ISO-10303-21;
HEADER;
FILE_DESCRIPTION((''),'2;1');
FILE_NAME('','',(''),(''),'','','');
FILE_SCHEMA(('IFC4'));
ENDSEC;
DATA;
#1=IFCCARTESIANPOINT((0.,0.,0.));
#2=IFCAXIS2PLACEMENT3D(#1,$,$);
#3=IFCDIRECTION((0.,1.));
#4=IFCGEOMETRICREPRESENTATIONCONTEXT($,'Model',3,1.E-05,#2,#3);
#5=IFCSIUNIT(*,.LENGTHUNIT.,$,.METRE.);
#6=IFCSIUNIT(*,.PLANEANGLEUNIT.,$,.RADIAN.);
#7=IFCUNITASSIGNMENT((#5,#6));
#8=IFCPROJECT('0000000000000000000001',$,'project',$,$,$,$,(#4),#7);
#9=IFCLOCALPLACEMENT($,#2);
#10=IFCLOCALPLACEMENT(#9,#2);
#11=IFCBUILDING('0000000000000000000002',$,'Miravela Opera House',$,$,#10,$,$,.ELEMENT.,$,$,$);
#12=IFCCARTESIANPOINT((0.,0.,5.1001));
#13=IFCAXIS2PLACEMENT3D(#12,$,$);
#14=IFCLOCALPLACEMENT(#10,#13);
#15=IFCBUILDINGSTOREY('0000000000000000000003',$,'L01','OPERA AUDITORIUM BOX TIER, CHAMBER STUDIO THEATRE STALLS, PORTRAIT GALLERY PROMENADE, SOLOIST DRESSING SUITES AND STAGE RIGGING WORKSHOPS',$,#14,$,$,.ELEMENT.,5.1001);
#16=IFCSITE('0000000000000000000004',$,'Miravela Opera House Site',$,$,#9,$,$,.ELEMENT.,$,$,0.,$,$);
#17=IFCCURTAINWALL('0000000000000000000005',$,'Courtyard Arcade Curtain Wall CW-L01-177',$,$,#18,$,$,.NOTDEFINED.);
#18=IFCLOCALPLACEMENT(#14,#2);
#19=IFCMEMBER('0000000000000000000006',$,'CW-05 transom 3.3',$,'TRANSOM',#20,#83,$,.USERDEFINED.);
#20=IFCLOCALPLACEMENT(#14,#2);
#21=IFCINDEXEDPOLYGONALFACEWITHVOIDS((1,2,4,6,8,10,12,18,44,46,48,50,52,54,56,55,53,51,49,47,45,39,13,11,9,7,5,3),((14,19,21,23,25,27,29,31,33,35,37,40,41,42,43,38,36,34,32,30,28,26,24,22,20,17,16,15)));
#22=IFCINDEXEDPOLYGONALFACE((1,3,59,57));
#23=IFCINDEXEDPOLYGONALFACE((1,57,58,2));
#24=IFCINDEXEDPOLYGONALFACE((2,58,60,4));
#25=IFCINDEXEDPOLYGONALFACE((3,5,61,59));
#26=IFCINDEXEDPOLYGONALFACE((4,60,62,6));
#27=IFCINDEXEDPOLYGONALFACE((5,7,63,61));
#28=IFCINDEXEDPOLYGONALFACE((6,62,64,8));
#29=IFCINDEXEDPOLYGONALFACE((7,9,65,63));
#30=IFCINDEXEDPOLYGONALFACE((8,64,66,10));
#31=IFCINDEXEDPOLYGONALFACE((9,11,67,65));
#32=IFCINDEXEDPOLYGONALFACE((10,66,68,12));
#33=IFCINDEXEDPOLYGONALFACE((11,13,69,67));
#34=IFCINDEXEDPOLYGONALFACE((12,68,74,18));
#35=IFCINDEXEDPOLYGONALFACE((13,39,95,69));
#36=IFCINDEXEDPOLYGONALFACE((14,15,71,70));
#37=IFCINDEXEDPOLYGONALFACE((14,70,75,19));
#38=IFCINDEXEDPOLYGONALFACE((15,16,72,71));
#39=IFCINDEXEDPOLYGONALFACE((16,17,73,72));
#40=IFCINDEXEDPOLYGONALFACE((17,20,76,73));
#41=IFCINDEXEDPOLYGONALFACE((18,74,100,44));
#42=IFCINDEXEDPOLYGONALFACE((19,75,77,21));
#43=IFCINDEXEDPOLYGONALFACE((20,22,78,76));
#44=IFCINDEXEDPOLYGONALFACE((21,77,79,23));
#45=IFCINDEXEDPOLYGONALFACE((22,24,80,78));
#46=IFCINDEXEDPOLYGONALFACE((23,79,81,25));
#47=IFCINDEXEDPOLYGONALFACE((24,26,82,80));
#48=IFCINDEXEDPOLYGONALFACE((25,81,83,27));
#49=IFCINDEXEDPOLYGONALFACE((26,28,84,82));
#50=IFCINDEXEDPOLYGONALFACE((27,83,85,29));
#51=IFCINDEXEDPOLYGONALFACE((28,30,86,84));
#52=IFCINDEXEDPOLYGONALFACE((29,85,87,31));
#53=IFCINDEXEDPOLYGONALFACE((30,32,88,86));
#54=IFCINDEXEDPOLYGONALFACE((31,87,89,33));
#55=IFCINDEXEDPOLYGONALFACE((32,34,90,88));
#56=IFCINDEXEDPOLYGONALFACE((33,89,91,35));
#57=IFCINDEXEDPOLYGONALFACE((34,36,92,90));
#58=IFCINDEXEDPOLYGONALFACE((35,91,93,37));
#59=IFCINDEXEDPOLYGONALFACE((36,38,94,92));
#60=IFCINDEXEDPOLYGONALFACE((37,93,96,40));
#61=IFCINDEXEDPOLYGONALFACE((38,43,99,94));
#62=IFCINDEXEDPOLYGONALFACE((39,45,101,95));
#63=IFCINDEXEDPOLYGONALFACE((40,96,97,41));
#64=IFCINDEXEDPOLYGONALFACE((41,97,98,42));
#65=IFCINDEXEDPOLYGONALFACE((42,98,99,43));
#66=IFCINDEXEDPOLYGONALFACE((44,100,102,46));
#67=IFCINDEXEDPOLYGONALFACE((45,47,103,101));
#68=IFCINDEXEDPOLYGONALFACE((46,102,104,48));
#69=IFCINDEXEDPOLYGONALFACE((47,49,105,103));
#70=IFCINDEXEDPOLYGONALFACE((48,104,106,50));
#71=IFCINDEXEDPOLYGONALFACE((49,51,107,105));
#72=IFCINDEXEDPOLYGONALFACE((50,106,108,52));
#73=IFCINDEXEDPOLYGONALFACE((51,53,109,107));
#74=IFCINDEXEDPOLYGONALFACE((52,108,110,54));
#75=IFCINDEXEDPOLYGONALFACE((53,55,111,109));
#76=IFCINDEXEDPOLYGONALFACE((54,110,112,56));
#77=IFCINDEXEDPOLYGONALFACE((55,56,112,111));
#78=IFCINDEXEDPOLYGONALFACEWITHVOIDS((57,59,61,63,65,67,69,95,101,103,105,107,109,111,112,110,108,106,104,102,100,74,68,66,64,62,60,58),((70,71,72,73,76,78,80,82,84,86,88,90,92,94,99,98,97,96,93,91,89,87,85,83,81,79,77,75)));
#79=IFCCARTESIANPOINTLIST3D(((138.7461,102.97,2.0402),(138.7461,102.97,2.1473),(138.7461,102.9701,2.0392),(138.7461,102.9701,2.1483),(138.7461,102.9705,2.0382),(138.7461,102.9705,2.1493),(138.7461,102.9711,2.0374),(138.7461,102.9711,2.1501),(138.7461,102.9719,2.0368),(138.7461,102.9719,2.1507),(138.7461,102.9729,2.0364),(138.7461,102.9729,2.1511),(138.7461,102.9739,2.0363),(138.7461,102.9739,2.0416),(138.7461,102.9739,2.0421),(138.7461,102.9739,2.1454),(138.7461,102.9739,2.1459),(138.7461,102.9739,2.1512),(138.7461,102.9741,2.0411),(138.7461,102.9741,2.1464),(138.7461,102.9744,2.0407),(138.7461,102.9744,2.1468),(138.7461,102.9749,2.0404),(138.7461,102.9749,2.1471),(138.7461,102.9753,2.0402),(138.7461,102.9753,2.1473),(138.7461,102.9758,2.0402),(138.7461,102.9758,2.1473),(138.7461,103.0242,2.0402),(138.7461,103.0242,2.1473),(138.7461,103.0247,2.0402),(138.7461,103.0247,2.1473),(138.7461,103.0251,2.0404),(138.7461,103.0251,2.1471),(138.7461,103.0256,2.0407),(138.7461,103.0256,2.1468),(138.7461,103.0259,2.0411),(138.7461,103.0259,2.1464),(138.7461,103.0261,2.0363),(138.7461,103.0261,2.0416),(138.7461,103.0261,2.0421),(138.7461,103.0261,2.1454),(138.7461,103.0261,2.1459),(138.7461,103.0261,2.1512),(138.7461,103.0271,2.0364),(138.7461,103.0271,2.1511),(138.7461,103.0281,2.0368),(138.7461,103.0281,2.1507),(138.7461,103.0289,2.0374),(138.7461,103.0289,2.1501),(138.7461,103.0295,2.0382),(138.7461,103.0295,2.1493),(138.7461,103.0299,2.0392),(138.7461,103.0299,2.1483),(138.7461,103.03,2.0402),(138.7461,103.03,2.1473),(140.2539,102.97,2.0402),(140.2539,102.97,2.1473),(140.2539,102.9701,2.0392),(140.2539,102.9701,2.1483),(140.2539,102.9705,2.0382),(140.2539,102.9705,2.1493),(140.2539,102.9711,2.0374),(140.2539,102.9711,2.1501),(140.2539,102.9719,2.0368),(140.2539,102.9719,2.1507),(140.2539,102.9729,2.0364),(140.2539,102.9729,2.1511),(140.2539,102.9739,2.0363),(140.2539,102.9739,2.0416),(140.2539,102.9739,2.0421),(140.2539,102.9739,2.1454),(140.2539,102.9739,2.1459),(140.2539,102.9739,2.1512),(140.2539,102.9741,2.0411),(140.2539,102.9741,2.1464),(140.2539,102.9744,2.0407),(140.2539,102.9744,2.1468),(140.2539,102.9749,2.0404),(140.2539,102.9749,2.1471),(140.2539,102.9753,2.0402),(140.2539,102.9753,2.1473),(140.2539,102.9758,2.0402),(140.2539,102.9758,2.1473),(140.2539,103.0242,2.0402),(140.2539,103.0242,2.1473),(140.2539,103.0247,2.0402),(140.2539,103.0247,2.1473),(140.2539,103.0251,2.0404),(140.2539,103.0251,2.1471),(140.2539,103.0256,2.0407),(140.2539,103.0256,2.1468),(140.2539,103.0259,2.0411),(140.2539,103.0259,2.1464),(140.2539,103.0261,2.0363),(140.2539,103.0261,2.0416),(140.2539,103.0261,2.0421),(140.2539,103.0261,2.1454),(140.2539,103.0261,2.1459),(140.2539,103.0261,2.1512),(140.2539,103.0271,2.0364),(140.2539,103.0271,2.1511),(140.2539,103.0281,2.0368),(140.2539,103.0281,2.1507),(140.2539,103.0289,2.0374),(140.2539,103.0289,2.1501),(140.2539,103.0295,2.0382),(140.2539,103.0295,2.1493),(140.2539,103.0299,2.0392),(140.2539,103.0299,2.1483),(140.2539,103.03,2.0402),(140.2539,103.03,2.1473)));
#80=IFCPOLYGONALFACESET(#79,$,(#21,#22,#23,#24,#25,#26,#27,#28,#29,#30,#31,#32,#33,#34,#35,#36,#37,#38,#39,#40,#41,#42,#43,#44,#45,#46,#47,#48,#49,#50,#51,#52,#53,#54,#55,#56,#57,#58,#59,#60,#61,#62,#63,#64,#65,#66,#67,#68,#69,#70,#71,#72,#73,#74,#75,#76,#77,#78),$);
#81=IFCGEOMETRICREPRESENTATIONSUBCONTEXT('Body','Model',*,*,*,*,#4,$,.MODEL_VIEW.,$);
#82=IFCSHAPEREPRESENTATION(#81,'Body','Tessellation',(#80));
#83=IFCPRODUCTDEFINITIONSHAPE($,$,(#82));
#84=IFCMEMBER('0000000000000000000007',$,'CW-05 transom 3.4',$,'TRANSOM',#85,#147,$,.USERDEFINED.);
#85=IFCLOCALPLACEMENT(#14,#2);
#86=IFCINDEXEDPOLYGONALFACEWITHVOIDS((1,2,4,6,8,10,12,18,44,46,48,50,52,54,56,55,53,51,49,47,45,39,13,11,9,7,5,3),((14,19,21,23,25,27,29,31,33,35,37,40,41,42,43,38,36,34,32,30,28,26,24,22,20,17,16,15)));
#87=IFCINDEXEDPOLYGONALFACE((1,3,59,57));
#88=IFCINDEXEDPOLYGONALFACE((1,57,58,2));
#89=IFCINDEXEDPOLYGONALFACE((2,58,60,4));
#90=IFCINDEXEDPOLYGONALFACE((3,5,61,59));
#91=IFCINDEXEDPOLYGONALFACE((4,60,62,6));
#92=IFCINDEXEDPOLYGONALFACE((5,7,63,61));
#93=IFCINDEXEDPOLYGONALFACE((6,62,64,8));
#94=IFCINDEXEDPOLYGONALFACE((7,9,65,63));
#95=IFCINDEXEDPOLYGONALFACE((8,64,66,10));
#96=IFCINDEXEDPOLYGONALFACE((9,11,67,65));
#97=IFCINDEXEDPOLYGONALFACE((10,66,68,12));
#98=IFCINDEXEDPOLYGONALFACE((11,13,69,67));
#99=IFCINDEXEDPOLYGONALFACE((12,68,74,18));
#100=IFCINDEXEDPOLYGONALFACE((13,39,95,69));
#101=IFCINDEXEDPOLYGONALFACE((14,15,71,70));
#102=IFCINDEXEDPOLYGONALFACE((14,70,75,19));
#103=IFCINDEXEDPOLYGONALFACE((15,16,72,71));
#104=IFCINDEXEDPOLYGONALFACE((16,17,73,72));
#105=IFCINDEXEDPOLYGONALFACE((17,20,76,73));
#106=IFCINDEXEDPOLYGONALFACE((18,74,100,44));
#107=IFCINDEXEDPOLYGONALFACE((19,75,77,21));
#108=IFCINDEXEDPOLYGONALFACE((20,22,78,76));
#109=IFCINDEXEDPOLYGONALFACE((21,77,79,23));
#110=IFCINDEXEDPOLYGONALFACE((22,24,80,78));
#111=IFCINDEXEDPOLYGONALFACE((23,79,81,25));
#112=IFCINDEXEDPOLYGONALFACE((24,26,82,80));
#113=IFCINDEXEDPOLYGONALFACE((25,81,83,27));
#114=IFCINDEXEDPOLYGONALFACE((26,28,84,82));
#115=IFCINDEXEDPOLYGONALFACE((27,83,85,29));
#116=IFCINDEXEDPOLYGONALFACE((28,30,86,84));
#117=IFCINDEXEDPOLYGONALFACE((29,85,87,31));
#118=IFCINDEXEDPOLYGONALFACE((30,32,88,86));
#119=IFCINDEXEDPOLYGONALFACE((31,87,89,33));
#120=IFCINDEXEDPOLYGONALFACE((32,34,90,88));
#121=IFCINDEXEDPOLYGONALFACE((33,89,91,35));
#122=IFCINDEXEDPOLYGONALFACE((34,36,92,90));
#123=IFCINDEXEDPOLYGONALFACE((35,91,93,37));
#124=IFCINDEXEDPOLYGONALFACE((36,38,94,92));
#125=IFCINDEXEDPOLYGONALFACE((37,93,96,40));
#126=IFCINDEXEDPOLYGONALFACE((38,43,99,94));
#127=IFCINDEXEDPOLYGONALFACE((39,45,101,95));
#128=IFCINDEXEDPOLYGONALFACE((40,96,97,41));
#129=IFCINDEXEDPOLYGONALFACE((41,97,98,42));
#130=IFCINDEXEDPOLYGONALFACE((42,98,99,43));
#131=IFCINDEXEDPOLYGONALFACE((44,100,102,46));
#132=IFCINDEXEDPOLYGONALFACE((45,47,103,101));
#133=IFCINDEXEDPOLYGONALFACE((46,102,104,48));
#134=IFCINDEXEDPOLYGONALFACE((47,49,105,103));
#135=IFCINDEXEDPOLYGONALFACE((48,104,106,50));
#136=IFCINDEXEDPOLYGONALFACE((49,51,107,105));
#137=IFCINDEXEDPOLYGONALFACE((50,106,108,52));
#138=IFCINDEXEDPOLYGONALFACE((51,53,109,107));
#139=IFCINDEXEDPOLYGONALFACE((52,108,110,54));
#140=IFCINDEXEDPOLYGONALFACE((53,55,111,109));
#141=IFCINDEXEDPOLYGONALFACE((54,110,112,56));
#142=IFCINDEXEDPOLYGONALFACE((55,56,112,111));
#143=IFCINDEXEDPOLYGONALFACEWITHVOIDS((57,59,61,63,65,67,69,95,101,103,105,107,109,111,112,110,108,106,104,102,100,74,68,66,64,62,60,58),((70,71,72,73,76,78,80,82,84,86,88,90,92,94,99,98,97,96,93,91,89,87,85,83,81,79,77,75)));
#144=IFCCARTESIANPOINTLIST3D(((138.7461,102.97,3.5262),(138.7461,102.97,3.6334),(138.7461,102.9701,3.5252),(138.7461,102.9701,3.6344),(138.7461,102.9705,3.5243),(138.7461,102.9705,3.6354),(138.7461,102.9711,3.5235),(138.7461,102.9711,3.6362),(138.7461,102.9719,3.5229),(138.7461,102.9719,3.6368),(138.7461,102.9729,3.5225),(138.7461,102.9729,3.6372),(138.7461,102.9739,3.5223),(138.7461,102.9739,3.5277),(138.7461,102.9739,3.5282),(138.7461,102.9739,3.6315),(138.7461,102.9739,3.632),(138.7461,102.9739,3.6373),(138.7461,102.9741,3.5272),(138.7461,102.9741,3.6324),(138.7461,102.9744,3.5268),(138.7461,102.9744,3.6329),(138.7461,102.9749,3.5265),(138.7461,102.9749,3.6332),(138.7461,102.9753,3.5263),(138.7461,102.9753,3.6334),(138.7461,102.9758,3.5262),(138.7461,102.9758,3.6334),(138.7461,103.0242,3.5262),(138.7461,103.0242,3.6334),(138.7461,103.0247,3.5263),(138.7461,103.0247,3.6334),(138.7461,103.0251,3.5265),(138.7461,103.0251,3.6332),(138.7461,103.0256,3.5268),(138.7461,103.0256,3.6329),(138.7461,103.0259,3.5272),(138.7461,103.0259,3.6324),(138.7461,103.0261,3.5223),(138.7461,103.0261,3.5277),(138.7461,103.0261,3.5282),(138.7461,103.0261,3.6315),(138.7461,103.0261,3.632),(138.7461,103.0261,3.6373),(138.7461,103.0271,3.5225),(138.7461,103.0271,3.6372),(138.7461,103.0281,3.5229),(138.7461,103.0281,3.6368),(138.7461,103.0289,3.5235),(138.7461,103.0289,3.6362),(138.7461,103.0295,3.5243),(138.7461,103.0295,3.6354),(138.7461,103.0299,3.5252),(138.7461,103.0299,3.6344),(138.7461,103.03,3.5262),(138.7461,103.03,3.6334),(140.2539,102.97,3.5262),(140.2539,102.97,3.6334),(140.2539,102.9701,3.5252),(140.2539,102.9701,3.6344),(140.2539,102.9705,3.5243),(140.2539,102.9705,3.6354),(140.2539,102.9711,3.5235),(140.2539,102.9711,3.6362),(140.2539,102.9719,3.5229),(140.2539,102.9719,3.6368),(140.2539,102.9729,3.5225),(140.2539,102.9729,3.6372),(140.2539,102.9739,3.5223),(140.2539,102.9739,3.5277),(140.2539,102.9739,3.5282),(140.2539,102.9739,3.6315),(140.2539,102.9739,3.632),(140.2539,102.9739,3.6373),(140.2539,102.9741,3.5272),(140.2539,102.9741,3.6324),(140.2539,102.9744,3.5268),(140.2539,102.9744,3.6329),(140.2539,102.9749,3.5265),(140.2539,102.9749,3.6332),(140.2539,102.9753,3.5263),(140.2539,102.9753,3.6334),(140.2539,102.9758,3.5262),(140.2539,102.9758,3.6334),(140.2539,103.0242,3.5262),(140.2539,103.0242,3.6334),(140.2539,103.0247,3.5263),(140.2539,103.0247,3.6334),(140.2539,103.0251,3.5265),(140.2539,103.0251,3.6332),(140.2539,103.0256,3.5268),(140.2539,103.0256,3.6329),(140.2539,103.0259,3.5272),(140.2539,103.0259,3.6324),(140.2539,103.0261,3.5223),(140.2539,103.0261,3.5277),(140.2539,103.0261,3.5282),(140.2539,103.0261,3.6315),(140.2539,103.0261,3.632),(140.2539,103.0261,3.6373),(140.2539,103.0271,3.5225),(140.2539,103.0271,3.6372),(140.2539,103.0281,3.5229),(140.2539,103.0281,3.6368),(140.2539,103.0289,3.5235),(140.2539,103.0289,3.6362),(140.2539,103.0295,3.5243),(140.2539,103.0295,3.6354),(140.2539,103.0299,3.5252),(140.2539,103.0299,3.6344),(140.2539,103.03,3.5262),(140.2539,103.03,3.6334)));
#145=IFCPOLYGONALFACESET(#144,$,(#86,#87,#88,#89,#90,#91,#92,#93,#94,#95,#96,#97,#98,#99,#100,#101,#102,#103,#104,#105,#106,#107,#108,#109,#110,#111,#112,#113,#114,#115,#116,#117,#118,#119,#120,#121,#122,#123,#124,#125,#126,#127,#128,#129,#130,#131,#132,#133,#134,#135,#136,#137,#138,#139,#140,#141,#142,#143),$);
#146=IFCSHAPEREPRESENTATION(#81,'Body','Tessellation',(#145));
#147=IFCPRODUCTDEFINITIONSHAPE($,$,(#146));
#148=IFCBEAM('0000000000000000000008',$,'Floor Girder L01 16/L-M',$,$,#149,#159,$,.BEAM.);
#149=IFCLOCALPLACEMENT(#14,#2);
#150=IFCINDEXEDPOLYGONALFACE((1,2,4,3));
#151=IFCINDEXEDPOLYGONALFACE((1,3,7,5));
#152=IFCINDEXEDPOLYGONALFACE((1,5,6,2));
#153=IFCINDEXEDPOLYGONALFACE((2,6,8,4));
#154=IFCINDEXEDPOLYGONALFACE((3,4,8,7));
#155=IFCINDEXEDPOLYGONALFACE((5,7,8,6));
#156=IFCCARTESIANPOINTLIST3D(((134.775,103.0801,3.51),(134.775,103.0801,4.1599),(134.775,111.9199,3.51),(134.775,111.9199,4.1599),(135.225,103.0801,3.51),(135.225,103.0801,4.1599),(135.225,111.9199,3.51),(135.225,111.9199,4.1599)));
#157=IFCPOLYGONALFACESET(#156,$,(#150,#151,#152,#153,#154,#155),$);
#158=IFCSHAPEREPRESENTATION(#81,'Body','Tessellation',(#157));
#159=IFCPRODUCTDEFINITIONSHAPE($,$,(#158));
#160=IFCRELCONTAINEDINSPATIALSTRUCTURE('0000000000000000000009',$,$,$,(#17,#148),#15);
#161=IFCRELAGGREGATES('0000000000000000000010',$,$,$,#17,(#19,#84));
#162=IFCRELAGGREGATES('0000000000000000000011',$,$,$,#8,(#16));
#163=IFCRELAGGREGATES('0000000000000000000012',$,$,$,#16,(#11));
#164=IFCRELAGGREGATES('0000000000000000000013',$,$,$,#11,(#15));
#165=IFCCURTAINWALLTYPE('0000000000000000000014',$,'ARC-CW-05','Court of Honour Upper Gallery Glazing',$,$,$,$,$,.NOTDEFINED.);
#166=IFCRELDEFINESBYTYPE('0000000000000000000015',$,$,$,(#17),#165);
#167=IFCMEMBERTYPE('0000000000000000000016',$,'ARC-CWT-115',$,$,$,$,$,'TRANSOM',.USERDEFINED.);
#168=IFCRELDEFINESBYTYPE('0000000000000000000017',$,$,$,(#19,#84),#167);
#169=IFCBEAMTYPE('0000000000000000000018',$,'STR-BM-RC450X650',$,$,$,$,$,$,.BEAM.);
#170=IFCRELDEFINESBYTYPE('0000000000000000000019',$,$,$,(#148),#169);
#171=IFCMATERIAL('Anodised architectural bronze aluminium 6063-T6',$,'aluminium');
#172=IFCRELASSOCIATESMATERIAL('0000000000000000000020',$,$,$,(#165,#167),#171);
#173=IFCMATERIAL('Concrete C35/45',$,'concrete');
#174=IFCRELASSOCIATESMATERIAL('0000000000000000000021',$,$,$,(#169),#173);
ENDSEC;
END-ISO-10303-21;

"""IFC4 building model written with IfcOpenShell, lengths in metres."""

from ifc_helpers import new_model, si_unit, direction, frame, origin, origin_2d, place, context, subcontext, project, spatial, rectangle, hollow_rectangle, extrude, material, material_profile, profile_set, type_object, element, aggregate, save


model = new_model("IFC4")

# Units and contexts
model_context = context("Model", 3, precision=1e-05, world=origin(), true_north=direction((0.0, 1.0)))
body_context = subcontext(model_context, "Body", "Model", "MODEL_VIEW")
ifc_project = project(units=[si_unit("LENGTHUNIT", "METRE"), si_unit("PLANEANGLEUNIT", "RADIAN")], contexts=[model_context])

# Site, building, storey
site_placement = place(None, origin())
site = spatial("IfcSite", under=ifc_project, at=site_placement, Name="Miravela Opera House Site", CompositionType="ELEMENT", RefElevation=0.0)
building_placement = place(site_placement, origin())
building = spatial("IfcBuilding", under=site, at=building_placement, Name="Miravela Opera House", CompositionType="ELEMENT")
storey_placement = place(building_placement, frame((0.0, 0.0, 5.1001)))
storey = spatial("IfcBuildingStorey", under=building, at=storey_placement, Name="L01", Description="OPERA AUDITORIUM BOX TIER, CHAMBER STUDIO THEATRE STALLS, PORTRAIT GALLERY PROMENADE, SOLOIST DRESSING SUITES AND STAGE RIGGING WORKSHOPS", CompositionType="ELEMENT", Elevation=5.1001)

# Shared definitions
ifc_material_1 = material(Name="Concrete C35/45", Category="concrete")

# Curtain wall, members
ifc_material_2 = material(Name="Anodised architectural bronze aluminium 6063-T6", Category="aluminium")
curtain_wall_type = type_object("IfcCurtainWallType", Name="ARC-CW-05", Description="Court of Honour Upper Gallery Glazing", PredefinedType="NOTDEFINED", material=ifc_material_2)
curtain_wall_placement = place(storey_placement, origin())
curtain_wall = element("IfcCurtainWall", 1, at=curtain_wall_placement, inside=storey, type_object=curtain_wall_type, Name="Courtyard Arcade Curtain Wall CW-L01-177", PredefinedType="NOTDEFINED")
ifc_material_profile_1 = material_profile(ifc_material_2, hollow_rectangle(XDim=0.0601, YDim=0.115, WallThickness=0.0039, InnerFilletRadius=0.002, OuterFilletRadius=0.0039, at=origin_2d()), Name="CWT-60X115")
ifc_profile_set_1 = profile_set([ifc_material_profile_1])
member_type_1 = type_object("IfcMemberType", Name="ARC-CWT-115", ElementType="TRANSOM", PredefinedType="USERDEFINED", material=ifc_profile_set_1)
member_1_placement = place(storey_placement, frame((138.7461, 103.0, 2.0938), z_axis=(1.0, 0.0, 0.0), x_axis=(0.0, 1.0, 0.0)))
member_1 = element("IfcMember", 2, at=member_1_placement, type_object=member_type_1, Name="CW-05 transom 3.3", ObjectType="TRANSOM", PredefinedType="USERDEFINED", context=body_context, shape_type="SweptSolid", body=[
    extrude(hollow_rectangle(XDim=0.0601, YDim=0.115, WallThickness=0.0039, InnerFilletRadius=0.002, OuterFilletRadius=0.0039, at=origin_2d()), origin(), (0.0, 0.0, 1.0), 1.5078),
])
member_2_placement = place(storey_placement, frame((138.7461, 103.0, 3.5798), z_axis=(1.0, 0.0, 0.0), x_axis=(0.0, 1.0, 0.0)))
member_2 = element("IfcMember", 3, at=member_2_placement, type_object=member_type_1, Name="CW-05 transom 3.4", ObjectType="TRANSOM", PredefinedType="USERDEFINED", context=body_context, shape_type="SweptSolid", body=[
    extrude(hollow_rectangle(XDim=0.0601, YDim=0.115, WallThickness=0.0039, InnerFilletRadius=0.002, OuterFilletRadius=0.0039, at=origin_2d()), origin(), (0.0, 0.0, 1.0), 1.5078),
])

# Beam
ifc_material_profile_2 = material_profile(ifc_material_1, rectangle(XDim=0.45, YDim=0.6499, at=origin_2d()), Name="RC-BM-450X650")
ifc_profile_set_2 = profile_set([ifc_material_profile_2])
beam_type_1 = type_object("IfcBeamType", Name="STR-BM-RC450X650", PredefinedType="BEAM", material=ifc_profile_set_2)
beam_1_placement = place(storey_placement, frame((135.0, 103.0801, 3.835), z_axis=(0.0, 1.0, 0.0), x_axis=(-1.0, 0.0, 0.0)))
element("IfcBeam", 4, at=beam_1_placement, inside=storey, type_object=beam_type_1, Name="Floor Girder L01 16/L-M", PredefinedType="BEAM", context=body_context, shape_type="SweptSolid", body=[
    extrude(rectangle(XDim=0.45, YDim=0.6499, at=origin_2d()), origin(), (0.0, 0.0, 1.0), 8.8398),
])

aggregate(curtain_wall, [member_1, member_2])

save(model, "model.ifc")
